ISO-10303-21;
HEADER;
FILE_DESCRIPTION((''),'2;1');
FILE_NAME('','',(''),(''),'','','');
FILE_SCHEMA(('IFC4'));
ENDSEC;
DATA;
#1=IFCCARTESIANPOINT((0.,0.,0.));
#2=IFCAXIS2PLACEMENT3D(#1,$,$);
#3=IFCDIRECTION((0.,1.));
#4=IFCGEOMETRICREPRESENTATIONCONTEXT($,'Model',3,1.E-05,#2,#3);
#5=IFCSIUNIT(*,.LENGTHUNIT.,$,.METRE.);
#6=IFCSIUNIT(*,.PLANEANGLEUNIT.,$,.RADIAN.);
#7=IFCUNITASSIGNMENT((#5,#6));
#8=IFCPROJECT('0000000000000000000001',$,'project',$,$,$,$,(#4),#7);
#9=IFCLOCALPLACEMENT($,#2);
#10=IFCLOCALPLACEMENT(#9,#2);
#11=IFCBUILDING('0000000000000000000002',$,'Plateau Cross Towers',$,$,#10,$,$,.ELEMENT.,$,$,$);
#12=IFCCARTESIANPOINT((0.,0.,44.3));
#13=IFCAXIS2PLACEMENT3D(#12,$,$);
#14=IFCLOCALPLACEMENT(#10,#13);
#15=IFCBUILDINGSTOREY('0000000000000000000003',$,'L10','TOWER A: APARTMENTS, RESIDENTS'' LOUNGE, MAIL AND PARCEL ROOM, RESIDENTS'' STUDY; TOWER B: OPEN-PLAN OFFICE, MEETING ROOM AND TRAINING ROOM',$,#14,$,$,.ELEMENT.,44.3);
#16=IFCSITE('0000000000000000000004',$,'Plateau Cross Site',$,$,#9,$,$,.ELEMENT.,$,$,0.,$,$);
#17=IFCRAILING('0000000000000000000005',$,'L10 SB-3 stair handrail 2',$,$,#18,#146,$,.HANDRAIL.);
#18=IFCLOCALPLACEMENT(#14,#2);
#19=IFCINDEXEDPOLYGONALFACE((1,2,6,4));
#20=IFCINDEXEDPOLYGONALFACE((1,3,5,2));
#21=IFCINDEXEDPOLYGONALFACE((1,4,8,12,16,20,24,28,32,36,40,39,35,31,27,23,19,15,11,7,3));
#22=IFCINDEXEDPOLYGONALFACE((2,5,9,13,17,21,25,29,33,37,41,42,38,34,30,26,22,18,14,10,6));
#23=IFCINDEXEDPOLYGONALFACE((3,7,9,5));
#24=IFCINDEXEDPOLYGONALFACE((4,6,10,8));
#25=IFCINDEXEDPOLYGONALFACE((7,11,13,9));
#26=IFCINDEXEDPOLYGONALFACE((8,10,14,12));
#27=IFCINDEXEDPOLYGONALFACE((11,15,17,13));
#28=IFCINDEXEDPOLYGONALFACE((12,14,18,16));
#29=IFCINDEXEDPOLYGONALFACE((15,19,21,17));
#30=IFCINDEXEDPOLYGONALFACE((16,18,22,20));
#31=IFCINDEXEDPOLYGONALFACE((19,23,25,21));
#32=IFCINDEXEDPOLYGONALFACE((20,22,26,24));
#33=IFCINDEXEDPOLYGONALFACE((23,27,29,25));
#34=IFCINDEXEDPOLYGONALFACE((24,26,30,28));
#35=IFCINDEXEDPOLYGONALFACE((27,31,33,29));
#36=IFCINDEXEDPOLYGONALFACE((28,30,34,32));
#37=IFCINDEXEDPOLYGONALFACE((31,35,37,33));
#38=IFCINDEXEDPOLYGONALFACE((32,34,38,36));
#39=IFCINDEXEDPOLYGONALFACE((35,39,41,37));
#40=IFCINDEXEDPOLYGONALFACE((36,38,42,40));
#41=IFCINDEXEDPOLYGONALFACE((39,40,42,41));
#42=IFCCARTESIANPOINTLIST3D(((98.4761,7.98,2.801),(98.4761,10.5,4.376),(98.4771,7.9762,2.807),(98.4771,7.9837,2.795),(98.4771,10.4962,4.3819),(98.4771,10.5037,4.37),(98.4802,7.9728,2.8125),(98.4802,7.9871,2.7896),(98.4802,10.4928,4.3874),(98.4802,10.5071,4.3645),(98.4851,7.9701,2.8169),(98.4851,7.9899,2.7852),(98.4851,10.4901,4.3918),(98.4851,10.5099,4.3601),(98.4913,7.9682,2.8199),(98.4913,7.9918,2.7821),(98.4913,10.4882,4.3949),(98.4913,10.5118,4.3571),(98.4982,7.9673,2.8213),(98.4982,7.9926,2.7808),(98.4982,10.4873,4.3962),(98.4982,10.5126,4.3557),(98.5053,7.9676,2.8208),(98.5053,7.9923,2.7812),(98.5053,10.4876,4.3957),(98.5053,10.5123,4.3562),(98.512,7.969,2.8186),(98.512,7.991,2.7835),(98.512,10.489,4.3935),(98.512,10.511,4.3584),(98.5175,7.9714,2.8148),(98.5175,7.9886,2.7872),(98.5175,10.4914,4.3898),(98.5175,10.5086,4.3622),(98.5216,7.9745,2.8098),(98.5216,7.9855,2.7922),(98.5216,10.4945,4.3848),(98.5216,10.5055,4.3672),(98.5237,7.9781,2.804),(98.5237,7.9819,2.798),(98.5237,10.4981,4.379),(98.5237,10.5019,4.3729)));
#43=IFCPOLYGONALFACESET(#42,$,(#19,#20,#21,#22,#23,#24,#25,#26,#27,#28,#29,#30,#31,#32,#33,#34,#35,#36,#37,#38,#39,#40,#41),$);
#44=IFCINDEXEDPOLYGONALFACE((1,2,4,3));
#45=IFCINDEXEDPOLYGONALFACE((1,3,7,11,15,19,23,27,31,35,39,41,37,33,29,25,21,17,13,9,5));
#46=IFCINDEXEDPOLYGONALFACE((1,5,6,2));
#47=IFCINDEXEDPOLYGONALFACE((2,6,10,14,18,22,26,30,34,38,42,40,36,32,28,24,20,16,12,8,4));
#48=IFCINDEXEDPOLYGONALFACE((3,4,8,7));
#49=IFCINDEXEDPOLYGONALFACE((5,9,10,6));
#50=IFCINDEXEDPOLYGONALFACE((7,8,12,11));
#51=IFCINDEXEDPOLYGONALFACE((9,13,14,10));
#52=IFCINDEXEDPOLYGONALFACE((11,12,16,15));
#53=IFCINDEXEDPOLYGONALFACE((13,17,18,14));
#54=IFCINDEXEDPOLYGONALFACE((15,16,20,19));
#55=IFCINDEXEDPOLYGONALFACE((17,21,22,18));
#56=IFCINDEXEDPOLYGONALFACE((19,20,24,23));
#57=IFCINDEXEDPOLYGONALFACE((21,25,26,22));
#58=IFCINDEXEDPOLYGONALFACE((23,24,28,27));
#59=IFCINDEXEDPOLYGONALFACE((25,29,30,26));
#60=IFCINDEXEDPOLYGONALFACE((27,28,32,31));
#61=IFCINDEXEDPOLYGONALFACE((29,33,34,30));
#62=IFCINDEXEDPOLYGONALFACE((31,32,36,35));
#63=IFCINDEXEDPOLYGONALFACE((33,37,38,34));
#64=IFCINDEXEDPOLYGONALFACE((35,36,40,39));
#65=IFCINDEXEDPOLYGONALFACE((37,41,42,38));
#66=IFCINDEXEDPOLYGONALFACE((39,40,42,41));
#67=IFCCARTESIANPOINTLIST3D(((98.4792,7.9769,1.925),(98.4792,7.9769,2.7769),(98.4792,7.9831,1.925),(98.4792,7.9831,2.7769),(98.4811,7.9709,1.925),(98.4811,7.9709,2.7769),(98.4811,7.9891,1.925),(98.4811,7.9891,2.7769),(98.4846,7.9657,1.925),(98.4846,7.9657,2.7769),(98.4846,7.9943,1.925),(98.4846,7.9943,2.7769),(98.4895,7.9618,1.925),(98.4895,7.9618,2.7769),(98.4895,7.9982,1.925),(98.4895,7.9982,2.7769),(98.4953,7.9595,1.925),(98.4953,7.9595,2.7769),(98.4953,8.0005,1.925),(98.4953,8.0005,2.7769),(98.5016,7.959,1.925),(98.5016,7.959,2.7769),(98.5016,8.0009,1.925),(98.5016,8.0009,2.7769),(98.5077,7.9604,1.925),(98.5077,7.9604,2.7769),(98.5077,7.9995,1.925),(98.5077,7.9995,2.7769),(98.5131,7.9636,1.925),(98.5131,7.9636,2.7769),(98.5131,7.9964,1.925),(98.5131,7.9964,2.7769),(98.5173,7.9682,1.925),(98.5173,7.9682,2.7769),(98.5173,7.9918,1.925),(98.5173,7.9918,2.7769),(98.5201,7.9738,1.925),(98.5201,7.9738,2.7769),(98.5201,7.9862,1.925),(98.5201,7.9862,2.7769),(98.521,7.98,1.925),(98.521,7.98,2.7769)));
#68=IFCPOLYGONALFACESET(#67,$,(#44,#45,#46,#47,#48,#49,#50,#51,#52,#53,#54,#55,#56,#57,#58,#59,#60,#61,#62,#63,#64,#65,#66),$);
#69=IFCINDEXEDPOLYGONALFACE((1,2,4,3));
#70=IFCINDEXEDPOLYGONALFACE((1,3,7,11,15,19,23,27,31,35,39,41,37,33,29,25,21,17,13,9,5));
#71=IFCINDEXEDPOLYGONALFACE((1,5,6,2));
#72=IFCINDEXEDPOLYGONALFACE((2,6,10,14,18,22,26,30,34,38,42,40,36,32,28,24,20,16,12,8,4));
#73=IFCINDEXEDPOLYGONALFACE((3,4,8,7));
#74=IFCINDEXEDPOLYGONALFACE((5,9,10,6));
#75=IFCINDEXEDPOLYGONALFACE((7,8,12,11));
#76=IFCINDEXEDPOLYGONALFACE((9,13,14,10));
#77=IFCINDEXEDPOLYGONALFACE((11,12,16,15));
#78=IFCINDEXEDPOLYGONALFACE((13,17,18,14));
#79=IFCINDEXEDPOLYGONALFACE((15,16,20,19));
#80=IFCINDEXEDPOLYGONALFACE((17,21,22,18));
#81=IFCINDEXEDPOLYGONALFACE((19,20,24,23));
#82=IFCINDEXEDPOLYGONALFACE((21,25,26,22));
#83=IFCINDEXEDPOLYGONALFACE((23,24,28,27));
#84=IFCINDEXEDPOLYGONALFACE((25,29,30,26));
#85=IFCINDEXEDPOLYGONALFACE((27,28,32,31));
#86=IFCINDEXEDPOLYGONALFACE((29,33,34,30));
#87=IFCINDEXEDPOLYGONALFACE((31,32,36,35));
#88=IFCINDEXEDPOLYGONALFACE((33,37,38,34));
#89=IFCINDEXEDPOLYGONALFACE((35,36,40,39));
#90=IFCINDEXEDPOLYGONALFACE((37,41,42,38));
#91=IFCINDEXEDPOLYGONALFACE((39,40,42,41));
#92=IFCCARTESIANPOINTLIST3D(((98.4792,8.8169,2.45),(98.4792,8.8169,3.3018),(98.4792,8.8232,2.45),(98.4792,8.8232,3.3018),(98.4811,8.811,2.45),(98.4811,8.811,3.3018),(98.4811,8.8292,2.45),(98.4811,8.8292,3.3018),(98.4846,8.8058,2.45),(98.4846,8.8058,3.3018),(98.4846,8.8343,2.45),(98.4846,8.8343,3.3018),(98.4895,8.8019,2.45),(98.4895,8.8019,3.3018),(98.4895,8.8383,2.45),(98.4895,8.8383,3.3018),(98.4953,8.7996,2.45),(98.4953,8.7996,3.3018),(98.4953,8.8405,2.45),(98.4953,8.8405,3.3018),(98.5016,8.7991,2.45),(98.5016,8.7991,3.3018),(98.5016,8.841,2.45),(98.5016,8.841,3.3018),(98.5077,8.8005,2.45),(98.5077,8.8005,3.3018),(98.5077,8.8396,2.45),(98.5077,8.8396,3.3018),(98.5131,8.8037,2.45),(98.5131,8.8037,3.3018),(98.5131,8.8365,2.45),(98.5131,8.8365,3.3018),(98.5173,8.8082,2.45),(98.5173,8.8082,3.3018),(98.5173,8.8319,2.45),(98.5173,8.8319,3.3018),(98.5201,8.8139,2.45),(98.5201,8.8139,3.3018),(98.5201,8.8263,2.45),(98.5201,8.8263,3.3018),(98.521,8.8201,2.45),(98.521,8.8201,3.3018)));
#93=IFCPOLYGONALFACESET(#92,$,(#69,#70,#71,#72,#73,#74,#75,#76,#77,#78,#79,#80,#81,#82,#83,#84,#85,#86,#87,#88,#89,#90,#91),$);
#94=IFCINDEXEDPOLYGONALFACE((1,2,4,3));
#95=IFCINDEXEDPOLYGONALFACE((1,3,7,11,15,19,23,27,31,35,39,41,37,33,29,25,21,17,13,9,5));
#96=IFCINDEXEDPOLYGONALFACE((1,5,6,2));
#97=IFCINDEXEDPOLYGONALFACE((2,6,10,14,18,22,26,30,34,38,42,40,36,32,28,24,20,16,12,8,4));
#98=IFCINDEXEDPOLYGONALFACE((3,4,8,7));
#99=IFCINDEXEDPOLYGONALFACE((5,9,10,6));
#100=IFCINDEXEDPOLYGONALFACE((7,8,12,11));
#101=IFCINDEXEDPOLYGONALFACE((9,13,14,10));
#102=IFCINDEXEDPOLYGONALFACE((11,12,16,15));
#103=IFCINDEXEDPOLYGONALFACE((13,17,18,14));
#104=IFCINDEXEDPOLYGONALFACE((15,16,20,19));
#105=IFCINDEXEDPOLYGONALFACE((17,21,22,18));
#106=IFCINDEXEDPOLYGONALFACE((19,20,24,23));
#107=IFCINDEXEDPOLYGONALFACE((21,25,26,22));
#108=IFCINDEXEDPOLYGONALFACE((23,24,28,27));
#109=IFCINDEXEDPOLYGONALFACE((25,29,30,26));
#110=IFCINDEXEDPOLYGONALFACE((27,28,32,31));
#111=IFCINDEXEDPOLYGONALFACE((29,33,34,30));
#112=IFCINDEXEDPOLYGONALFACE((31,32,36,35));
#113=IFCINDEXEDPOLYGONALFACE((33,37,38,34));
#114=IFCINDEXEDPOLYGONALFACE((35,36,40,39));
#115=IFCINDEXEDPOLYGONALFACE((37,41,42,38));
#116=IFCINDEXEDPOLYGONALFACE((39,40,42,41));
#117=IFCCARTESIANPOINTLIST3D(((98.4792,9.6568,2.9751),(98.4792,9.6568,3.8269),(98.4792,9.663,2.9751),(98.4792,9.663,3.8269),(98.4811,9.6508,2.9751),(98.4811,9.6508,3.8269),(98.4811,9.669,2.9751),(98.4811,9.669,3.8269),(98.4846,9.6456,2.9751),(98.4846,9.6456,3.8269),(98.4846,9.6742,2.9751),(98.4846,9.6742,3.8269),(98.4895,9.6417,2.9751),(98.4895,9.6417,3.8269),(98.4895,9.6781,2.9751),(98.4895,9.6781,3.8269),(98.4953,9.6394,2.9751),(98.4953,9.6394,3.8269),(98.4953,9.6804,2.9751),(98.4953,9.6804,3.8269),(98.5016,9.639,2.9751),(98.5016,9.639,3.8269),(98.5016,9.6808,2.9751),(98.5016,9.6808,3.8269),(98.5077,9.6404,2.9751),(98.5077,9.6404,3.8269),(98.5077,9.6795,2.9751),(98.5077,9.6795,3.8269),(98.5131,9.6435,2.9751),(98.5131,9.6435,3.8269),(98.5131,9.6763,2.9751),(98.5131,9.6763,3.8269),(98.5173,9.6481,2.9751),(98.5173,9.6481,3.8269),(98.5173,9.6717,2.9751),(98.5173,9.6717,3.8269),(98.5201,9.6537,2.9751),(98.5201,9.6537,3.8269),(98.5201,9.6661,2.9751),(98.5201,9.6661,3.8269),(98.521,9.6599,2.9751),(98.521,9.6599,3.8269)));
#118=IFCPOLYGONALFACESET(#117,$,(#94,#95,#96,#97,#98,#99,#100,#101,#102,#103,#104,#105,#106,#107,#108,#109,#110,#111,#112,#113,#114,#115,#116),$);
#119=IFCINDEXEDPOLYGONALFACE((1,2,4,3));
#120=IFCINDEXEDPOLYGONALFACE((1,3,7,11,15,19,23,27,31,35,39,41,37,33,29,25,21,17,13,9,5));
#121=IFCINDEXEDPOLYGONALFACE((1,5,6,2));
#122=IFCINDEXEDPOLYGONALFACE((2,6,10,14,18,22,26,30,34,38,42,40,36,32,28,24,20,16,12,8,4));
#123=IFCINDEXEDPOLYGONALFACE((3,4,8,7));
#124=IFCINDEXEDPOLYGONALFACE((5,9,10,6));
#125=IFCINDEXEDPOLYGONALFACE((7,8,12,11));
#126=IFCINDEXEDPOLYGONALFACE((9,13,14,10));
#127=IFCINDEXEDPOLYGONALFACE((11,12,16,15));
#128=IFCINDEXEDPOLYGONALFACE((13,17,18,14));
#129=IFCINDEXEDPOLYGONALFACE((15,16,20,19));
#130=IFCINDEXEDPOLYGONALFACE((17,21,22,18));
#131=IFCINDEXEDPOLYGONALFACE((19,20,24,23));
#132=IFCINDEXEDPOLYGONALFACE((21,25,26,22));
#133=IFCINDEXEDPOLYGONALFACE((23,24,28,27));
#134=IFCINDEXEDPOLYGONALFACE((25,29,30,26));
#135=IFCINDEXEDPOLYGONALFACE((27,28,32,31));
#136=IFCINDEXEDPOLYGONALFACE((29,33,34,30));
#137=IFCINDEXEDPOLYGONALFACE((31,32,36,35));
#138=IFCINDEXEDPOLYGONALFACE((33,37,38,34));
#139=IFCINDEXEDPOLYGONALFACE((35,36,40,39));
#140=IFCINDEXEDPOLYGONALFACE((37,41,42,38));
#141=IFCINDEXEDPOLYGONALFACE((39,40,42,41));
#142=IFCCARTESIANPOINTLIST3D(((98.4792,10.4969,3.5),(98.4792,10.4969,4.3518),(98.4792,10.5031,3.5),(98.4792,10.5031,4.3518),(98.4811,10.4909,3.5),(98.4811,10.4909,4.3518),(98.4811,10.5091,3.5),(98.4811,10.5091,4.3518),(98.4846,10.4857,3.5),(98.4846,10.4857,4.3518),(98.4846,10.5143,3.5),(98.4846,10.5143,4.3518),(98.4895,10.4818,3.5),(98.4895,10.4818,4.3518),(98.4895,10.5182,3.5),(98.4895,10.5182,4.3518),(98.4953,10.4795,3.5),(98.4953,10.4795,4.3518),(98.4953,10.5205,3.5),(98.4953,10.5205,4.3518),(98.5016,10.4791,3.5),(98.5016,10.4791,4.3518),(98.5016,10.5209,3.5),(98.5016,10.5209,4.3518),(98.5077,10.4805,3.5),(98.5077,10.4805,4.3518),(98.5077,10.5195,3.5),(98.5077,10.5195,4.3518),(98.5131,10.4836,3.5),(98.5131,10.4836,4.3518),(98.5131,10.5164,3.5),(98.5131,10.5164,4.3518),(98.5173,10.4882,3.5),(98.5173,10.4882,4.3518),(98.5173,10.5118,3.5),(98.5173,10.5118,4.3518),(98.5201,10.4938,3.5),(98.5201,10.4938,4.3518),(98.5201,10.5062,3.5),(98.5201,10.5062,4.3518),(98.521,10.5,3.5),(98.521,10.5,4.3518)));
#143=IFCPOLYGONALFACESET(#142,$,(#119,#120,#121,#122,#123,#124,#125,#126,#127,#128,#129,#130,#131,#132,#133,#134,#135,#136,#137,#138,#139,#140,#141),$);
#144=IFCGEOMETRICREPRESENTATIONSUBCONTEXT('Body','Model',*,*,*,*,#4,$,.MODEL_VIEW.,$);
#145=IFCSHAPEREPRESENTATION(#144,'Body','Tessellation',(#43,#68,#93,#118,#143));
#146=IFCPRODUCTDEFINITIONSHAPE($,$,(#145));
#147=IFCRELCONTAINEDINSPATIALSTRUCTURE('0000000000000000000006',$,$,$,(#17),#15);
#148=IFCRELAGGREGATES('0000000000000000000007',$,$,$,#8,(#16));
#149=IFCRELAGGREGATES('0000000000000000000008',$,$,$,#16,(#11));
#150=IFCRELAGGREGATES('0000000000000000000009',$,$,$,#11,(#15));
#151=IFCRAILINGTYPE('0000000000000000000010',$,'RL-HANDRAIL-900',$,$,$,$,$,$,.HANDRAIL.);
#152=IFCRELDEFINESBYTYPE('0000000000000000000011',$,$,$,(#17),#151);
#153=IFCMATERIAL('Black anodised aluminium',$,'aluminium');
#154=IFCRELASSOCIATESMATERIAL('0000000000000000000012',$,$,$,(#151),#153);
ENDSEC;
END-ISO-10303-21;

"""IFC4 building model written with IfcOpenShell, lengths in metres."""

from ifc_helpers import new_model, si_unit, direction, frame, origin, origin_2d, place, context, subcontext, project, spatial, circle, extrude, material, type_object, element, save


model = new_model("IFC4")

# Units and contexts
model_context = context("Model", 3, precision=1e-05, world=origin(), true_north=direction((0.0, 1.0)))
body_context = subcontext(model_context, "Body", "Model", "MODEL_VIEW")
ifc_project = project(units=[si_unit("LENGTHUNIT", "METRE"), si_unit("PLANEANGLEUNIT", "RADIAN")], contexts=[model_context])

# Site, building, storey
site_placement = place(None, origin())
site = spatial("IfcSite", under=ifc_project, at=site_placement, Name="Plateau Cross Site", CompositionType="ELEMENT", RefElevation=0.0)
building_placement = place(site_placement, origin())
building = spatial("IfcBuilding", under=site, at=building_placement, Name="Plateau Cross Towers", CompositionType="ELEMENT")
storey_placement = place(building_placement, frame((0.0, 0.0, 44.3)))
storey = spatial("IfcBuildingStorey", under=building, at=storey_placement, Name="L10", Description="TOWER A: APARTMENTS, RESIDENTS' LOUNGE, MAIL AND PARCEL ROOM, RESIDENTS' STUDY; TOWER B: OPEN-PLAN OFFICE, MEETING ROOM AND TRAINING ROOM", CompositionType="ELEMENT", Elevation=44.3)

# Shared definitions
ifc_material_1 = material(Name="Black anodised aluminium", Category="aluminium")

# Railing
railing_type_1 = type_object("IfcRailingType", Name="RL-HANDRAIL-900", PredefinedType="HANDRAIL", material=ifc_material_1)
railing_1_placement = place(storey_placement, frame((98.5, 7.98, 1.925)))
element("IfcRailing", 1, at=railing_1_placement, inside=storey, type_object=railing_type_1, Name="L10 SB-3 stair handrail 2", PredefinedType="HANDRAIL", context=body_context, shape_type="SweptSolid", body=[
    extrude(circle(Radius=0.0239, at=origin_2d()), frame((0.0, 0.0, 0.876), z_axis=(0.0, 0.848008, 0.529984), x_axis=(-1.0, 0.0, 0.0)), (0.0, 0.0, 1.0), 2.9717),
    extrude(circle(Radius=0.021, at=origin_2d()), origin(), (0.0, 0.0, 1.0), 0.8518),
    extrude(circle(Radius=0.021, at=origin_2d()), frame((0.0, 0.8401, 0.5249)), (0.0, 0.0, 1.0), 0.8518),
    extrude(circle(Radius=0.021, at=origin_2d()), frame((0.0, 1.6799, 1.05)), (0.0, 0.0, 1.0), 0.8518),
    extrude(circle(Radius=0.021, at=origin_2d()), frame((0.0, 2.52, 1.575)), (0.0, 0.0, 1.0), 0.8518),
])

save(model, "model.ifc")
